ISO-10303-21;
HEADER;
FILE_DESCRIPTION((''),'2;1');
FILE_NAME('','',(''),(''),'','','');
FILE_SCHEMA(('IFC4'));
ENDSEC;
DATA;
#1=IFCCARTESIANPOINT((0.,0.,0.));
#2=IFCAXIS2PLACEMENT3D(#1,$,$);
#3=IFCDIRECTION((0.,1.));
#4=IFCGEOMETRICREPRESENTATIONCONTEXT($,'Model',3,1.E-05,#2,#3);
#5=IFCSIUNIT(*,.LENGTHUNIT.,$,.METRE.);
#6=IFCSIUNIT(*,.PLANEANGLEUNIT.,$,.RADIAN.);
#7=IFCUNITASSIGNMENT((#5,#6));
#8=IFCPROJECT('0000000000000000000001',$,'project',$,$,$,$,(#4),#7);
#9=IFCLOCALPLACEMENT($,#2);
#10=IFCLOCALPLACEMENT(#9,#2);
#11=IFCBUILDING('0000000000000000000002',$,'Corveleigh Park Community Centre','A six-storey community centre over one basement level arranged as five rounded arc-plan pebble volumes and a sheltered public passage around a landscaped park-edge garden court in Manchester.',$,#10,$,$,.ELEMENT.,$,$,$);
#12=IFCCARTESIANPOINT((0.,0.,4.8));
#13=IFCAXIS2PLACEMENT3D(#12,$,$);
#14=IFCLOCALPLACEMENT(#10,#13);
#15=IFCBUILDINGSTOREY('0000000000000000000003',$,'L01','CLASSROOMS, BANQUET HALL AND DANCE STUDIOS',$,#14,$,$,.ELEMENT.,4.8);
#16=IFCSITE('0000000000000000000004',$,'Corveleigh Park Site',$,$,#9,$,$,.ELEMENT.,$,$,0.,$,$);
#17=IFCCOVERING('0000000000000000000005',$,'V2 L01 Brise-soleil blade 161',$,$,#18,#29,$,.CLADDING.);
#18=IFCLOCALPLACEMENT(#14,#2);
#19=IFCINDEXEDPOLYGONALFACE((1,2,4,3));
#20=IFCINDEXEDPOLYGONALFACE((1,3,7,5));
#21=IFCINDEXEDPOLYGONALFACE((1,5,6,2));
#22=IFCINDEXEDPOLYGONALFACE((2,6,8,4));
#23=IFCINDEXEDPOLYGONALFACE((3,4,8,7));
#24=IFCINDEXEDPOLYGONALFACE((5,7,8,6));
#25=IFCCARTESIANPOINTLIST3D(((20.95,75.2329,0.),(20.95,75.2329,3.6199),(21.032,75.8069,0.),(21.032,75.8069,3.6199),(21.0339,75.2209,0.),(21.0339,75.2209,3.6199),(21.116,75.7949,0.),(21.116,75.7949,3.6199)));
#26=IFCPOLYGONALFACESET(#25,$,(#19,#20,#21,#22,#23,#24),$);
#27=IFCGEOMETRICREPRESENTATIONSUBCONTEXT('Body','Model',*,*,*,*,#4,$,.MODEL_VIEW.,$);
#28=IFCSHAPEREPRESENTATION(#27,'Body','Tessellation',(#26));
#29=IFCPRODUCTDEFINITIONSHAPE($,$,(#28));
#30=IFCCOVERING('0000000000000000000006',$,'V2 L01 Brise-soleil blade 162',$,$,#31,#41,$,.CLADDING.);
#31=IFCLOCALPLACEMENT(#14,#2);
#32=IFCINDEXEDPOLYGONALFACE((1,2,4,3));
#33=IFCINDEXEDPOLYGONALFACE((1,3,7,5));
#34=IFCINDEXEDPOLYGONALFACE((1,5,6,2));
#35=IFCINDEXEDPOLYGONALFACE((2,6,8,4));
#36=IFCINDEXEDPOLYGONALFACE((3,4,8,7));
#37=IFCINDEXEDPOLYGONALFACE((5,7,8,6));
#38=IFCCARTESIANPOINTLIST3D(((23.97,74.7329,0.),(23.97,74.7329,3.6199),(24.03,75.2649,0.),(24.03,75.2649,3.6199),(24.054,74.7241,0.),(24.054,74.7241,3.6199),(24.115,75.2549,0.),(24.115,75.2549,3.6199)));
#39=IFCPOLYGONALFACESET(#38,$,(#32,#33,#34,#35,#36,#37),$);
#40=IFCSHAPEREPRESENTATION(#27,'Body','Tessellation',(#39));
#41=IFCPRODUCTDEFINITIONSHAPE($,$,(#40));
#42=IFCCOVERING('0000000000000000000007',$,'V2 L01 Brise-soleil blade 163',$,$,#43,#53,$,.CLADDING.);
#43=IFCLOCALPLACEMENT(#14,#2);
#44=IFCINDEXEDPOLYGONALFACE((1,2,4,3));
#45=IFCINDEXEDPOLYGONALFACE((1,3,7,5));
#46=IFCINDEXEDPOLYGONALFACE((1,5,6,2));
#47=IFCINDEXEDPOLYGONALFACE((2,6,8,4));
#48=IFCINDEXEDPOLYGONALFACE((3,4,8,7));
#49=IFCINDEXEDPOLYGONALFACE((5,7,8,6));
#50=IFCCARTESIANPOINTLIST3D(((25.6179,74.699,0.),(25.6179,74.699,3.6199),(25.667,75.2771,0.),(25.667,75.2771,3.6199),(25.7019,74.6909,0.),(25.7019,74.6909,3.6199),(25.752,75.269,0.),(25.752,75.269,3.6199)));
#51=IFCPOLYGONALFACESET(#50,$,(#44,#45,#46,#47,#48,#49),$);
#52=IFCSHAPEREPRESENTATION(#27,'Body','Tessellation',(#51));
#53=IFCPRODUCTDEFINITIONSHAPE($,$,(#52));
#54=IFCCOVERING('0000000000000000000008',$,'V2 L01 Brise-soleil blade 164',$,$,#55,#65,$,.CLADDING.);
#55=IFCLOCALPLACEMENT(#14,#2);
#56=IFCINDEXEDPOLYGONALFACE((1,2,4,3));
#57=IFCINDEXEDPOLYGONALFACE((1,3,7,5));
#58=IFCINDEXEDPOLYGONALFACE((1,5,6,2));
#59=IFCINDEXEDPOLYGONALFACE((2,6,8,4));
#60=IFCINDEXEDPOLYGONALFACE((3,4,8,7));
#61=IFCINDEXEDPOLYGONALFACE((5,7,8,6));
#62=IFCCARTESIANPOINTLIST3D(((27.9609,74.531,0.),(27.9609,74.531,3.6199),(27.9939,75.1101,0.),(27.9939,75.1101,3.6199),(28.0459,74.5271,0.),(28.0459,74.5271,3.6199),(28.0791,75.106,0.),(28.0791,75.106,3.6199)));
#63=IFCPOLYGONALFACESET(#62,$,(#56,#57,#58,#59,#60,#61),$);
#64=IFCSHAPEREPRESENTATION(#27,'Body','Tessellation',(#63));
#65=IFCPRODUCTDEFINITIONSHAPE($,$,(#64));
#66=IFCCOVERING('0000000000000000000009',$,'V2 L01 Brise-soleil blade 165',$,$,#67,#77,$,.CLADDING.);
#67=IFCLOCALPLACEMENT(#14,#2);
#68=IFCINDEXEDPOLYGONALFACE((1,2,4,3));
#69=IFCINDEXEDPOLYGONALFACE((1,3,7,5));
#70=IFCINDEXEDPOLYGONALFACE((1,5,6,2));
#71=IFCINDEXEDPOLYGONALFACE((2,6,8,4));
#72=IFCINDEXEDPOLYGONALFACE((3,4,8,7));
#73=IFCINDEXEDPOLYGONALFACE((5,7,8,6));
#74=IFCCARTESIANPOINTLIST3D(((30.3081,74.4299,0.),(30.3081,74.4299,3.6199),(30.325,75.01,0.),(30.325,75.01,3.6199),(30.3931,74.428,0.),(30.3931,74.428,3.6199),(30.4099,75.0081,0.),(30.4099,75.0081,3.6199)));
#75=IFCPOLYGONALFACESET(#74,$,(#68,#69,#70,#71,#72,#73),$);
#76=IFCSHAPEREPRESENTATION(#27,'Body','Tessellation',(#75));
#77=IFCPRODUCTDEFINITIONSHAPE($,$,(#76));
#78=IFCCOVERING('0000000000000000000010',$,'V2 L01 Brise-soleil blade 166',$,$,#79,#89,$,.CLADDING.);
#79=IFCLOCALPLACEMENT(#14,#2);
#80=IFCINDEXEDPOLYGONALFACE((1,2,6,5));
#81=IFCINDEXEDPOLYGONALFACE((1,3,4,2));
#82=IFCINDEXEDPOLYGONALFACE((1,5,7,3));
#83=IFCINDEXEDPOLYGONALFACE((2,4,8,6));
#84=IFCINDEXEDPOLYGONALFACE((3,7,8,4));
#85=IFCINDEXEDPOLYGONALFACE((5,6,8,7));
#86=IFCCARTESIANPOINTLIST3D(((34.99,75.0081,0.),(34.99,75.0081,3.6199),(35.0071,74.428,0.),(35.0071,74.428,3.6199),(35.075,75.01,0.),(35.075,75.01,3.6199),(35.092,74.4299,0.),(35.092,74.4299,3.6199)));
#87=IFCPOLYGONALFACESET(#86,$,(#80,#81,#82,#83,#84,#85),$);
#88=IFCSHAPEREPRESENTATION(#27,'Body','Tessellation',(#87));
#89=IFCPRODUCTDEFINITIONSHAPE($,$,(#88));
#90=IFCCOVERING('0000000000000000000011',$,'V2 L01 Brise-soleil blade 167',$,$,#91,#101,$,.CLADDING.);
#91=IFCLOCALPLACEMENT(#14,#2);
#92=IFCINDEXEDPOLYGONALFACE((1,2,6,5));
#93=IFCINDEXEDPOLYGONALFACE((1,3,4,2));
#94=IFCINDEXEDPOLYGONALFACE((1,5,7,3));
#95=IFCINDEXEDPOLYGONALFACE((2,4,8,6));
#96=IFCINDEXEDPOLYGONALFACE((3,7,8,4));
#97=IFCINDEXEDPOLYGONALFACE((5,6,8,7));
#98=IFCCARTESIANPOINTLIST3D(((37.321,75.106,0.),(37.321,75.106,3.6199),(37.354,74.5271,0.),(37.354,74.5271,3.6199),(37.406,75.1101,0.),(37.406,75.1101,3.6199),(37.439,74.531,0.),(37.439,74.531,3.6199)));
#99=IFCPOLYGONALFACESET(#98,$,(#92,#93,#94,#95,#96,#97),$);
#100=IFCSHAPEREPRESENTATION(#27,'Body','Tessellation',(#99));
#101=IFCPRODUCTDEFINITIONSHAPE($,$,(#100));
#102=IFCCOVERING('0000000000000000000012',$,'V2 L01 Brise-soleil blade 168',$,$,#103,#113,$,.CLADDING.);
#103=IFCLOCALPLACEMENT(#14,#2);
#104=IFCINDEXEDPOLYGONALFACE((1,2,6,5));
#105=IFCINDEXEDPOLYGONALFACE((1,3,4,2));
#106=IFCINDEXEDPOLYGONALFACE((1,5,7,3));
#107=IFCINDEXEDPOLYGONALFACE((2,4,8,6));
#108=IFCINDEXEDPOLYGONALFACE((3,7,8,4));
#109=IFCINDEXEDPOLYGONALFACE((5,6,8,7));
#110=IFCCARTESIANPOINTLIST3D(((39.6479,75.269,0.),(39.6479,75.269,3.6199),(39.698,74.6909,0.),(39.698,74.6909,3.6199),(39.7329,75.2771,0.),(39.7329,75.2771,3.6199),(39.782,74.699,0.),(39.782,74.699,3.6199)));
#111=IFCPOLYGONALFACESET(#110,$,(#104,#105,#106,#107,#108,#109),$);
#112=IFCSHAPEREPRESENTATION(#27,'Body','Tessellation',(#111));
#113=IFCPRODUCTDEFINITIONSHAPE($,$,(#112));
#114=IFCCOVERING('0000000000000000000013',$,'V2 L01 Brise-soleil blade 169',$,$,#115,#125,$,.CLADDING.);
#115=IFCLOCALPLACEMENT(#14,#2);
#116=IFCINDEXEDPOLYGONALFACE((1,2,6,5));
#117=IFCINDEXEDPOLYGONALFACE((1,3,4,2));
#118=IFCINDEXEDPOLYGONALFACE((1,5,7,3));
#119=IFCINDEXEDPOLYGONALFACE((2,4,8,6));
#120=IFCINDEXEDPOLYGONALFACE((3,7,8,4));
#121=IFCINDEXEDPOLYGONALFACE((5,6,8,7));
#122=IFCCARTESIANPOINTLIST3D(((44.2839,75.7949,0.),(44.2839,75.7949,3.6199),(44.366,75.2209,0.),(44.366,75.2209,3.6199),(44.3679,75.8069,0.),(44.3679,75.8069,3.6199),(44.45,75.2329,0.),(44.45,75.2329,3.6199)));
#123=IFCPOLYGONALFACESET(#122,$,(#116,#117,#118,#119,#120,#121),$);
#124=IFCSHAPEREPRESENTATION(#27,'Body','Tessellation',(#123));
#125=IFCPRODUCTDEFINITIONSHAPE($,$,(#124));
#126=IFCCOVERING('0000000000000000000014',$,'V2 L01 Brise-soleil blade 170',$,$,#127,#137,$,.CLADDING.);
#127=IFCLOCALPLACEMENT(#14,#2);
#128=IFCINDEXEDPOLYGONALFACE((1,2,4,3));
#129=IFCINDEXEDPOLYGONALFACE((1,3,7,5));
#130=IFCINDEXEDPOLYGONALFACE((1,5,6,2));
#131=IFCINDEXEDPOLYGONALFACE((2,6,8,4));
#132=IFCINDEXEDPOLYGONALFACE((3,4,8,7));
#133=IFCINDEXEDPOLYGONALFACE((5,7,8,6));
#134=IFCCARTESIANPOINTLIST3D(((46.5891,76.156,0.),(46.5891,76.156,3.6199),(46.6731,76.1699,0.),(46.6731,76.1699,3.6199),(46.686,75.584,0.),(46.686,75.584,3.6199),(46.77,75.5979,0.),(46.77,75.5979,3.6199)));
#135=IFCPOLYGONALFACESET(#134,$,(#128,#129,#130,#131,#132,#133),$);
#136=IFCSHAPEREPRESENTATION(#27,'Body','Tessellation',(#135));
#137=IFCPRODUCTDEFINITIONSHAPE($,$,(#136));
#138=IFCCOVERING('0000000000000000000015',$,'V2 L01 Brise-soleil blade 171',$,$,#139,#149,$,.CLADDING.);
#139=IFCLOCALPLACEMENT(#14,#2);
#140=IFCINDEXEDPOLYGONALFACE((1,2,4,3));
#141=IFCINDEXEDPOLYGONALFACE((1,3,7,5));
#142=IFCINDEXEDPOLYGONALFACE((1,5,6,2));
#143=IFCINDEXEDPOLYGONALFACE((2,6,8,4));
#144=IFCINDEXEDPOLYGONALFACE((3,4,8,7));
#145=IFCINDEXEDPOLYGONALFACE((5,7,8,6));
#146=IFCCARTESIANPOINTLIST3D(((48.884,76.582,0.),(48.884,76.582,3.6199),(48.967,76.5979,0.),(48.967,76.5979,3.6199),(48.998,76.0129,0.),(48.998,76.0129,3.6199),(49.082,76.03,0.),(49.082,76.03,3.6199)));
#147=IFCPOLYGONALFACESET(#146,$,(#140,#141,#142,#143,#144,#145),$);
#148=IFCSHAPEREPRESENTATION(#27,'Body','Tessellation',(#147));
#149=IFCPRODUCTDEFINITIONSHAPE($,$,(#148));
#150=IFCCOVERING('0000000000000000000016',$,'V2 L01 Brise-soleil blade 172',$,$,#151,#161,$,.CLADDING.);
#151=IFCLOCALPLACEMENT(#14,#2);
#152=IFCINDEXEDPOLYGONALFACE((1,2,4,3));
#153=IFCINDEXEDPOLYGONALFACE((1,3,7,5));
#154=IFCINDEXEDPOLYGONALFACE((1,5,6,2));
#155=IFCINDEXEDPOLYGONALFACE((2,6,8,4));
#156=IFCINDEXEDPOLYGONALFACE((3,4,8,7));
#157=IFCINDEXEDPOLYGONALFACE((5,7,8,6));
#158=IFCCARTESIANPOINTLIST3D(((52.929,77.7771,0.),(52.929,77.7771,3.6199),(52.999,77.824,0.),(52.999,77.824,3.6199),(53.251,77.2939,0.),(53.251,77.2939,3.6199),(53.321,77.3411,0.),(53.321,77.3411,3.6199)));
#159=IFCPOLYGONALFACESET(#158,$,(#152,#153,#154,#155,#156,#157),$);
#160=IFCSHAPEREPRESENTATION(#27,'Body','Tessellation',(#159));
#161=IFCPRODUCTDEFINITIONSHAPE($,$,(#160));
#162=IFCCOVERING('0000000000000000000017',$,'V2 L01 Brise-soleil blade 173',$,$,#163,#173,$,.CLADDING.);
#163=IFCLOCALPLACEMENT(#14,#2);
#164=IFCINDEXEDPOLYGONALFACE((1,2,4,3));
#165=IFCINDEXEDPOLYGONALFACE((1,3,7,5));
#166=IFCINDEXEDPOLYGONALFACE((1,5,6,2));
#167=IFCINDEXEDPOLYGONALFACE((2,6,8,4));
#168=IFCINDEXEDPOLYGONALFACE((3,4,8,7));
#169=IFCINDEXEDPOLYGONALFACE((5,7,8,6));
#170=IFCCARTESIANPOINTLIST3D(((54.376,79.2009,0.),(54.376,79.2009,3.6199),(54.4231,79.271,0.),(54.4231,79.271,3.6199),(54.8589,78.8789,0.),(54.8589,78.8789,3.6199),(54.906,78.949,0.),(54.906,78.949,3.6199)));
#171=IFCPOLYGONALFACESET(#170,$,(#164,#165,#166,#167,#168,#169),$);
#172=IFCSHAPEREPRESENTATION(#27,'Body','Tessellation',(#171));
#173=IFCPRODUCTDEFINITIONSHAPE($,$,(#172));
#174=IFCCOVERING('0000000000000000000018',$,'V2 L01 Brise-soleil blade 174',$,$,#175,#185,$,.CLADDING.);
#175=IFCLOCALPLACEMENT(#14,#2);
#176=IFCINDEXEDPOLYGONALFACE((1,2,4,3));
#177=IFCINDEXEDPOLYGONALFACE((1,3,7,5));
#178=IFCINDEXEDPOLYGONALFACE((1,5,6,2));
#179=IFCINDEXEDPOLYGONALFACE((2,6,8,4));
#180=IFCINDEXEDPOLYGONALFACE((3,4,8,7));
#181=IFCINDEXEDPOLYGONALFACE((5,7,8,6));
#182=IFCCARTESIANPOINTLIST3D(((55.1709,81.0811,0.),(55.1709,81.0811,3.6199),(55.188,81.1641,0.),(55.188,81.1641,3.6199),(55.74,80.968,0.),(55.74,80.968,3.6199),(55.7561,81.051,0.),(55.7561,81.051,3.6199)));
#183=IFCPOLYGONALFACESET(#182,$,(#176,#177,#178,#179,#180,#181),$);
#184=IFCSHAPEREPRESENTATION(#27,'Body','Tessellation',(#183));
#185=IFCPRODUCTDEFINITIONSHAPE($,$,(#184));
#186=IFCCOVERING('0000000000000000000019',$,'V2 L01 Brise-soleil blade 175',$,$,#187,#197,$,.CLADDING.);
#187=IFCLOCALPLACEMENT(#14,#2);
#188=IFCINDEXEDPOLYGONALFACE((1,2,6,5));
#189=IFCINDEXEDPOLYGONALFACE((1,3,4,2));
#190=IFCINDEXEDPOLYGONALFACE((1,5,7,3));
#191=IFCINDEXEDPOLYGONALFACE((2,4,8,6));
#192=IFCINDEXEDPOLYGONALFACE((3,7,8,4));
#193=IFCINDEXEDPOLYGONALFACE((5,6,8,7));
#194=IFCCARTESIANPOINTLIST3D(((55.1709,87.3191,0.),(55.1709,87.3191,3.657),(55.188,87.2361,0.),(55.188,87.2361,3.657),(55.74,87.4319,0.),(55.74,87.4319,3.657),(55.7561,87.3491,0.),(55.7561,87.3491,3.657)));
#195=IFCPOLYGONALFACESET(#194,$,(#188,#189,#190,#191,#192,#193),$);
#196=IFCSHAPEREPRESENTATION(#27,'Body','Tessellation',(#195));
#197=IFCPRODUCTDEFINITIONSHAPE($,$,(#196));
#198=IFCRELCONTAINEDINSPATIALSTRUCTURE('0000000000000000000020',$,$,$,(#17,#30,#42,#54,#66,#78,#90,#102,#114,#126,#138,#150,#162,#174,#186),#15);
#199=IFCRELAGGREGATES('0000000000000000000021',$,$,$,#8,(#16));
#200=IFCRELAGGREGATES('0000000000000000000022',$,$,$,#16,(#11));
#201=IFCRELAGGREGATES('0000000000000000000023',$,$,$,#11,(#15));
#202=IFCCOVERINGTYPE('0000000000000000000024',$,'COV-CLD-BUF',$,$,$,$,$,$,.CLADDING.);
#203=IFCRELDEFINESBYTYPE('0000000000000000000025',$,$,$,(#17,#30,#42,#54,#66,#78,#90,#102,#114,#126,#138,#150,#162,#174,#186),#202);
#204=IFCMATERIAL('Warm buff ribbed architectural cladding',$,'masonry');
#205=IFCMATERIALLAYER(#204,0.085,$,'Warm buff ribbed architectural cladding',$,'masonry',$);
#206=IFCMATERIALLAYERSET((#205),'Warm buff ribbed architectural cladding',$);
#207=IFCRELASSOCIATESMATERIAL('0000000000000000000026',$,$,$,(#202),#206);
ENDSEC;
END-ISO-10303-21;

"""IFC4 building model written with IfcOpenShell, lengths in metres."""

from ifc_helpers import new_model, si_unit, direction, frame, origin, place, context, subcontext, project, spatial, polyline, outline, extrude, material, layer, layer_set, type_object, element, save


model = new_model("IFC4")

# Units and contexts
model_context = context("Model", 3, precision=1e-05, world=origin(), true_north=direction((0.0, 1.0)))
body_context = subcontext(model_context, "Body", "Model", "MODEL_VIEW")
ifc_project = project(units=[si_unit("LENGTHUNIT", "METRE"), si_unit("PLANEANGLEUNIT", "RADIAN")], contexts=[model_context])

# Site, building, storey
site_placement = place(None, origin())
site = spatial("IfcSite", under=ifc_project, at=site_placement, Name="Corveleigh Park Site", CompositionType="ELEMENT", RefElevation=0.0)
building_placement = place(site_placement, origin())
building = spatial("IfcBuilding", under=site, at=building_placement, Name="Corveleigh Park Community Centre", Description="A six-storey community centre over one basement level arranged as five rounded arc-plan pebble volumes and a sheltered public passage around a landscaped park-edge garden court in Manchester.", CompositionType="ELEMENT")
storey_placement = place(building_placement, frame((0.0, 0.0, 4.8)))
storey = spatial("IfcBuildingStorey", under=building, at=storey_placement, Name="L01", Description="CLASSROOMS, BANQUET HALL AND DANCE STUDIOS", CompositionType="ELEMENT", Elevation=4.8)

# Coverings
ifc_material = material(Name="Warm buff ribbed architectural cladding", Category="masonry")
ifc_layer = layer(ifc_material, 0.085, Name="Warm buff ribbed architectural cladding", Category="masonry")
ifc_layer_set = layer_set([ifc_layer], Name="Warm buff ribbed architectural cladding")
covering_type = type_object("IfcCoveringType", Name="COV-CLD-BUF", PredefinedType="CLADDING", material=ifc_layer_set)
covering_1_placement = place(storey_placement, origin())
element("IfcCovering", 1, at=covering_1_placement, inside=storey, type_object=covering_type, Name="V2 L01 Brise-soleil blade 161", PredefinedType="CLADDING", context=body_context, shape_type="SweptSolid", body=[
    extrude(outline(polyline([(21.116, 75.7949), (21.032, 75.8069), (20.95, 75.2329), (21.0339, 75.2209), (21.116, 75.7949)])), origin(), (0.0, 0.0, 1.0), 3.6199),
])
covering_2_placement = place(storey_placement, origin())
element("IfcCovering", 2, at=covering_2_placement, inside=storey, type_object=covering_type, Name="V2 L01 Brise-soleil blade 162", PredefinedType="CLADDING", context=body_context, shape_type="SweptSolid", body=[
    extrude(outline(polyline([(24.115, 75.2549), (24.03, 75.2649), (23.97, 74.7329), (24.054, 74.7241), (24.115, 75.2549)])), origin(), (0.0, 0.0, 1.0), 3.6199),
])
covering_3_placement = place(storey_placement, origin())
element("IfcCovering", 3, at=covering_3_placement, inside=storey, type_object=covering_type, Name="V2 L01 Brise-soleil blade 163", PredefinedType="CLADDING", context=body_context, shape_type="SweptSolid", body=[
    extrude(outline(polyline([(25.752, 75.269), (25.667, 75.2771), (25.6179, 74.699), (25.7019, 74.6909), (25.752, 75.269)])), origin(), (0.0, 0.0, 1.0), 3.6199),
])
covering_4_placement = place(storey_placement, origin())
element("IfcCovering", 4, at=covering_4_placement, inside=storey, type_object=covering_type, Name="V2 L01 Brise-soleil blade 164", PredefinedType="CLADDING", context=body_context, shape_type="SweptSolid", body=[
    extrude(outline(polyline([(28.0791, 75.106), (27.9939, 75.1101), (27.9609, 74.531), (28.0459, 74.5271), (28.0791, 75.106)])), origin(), (0.0, 0.0, 1.0), 3.6199),
])
covering_5_placement = place(storey_placement, origin())
element("IfcCovering", 5, at=covering_5_placement, inside=storey, type_object=covering_type, Name="V2 L01 Brise-soleil blade 165", PredefinedType="CLADDING", context=body_context, shape_type="SweptSolid", body=[
    extrude(outline(polyline([(30.4099, 75.0081), (30.325, 75.01), (30.3081, 74.4299), (30.3931, 74.428), (30.4099, 75.0081)])), origin(), (0.0, 0.0, 1.0), 3.6199),
])
covering_6_placement = place(storey_placement, origin())
element("IfcCovering", 6, at=covering_6_placement, inside=storey, type_object=covering_type, Name="V2 L01 Brise-soleil blade 166", PredefinedType="CLADDING", context=body_context, shape_type="SweptSolid", body=[
    extrude(outline(polyline([(35.075, 75.01), (34.99, 75.0081), (35.0071, 74.428), (35.092, 74.4299), (35.075, 75.01)])), origin(), (0.0, 0.0, 1.0), 3.6199),
])
covering_7_placement = place(storey_placement, origin())
element("IfcCovering", 7, at=covering_7_placement, inside=storey, type_object=covering_type, Name="V2 L01 Brise-soleil blade 167", PredefinedType="CLADDING", context=body_context, shape_type="SweptSolid", body=[
    extrude(outline(polyline([(37.406, 75.1101), (37.321, 75.106), (37.354, 74.5271), (37.439, 74.531), (37.406, 75.1101)])), origin(), (0.0, 0.0, 1.0), 3.6199),
])
covering_8_placement = place(storey_placement, origin())
element("IfcCovering", 8, at=covering_8_placement, inside=storey, type_object=covering_type, Name="V2 L01 Brise-soleil blade 168", PredefinedType="CLADDING", context=body_context, shape_type="SweptSolid", body=[
    extrude(outline(polyline([(39.7329, 75.2771), (39.6479, 75.269), (39.698, 74.6909), (39.782, 74.699), (39.7329, 75.2771)])), origin(), (0.0, 0.0, 1.0), 3.6199),
])
covering_9_placement = place(storey_placement, origin())
element("IfcCovering", 9, at=covering_9_placement, inside=storey, type_object=covering_type, Name="V2 L01 Brise-soleil blade 169", PredefinedType="CLADDING", context=body_context, shape_type="SweptSolid", body=[
    extrude(outline(polyline([(44.3679, 75.8069), (44.2839, 75.7949), (44.366, 75.2209), (44.45, 75.2329), (44.3679, 75.8069)])), origin(), (0.0, 0.0, 1.0), 3.6199),
])
covering_10_placement = place(storey_placement, origin())
element("IfcCovering", 10, at=covering_10_placement, inside=storey, type_object=covering_type, Name="V2 L01 Brise-soleil blade 170", PredefinedType="CLADDING", context=body_context, shape_type="SweptSolid", body=[
    extrude(outline(polyline([(46.6731, 76.1699), (46.5891, 76.156), (46.686, 75.584), (46.77, 75.5979), (46.6731, 76.1699)])), origin(), (0.0, 0.0, 1.0), 3.6199),
])
covering_11_placement = place(storey_placement, origin())
element("IfcCovering", 11, at=covering_11_placement, inside=storey, type_object=covering_type, Name="V2 L01 Brise-soleil blade 171", PredefinedType="CLADDING", context=body_context, shape_type="SweptSolid", body=[
    extrude(outline(polyline([(48.967, 76.5979), (48.884, 76.582), (48.998, 76.0129), (49.082, 76.03), (48.967, 76.5979)])), origin(), (0.0, 0.0, 1.0), 3.6199),
])
covering_12_placement = place(storey_placement, origin())
element("IfcCovering", 12, at=covering_12_placement, inside=storey, type_object=covering_type, Name="V2 L01 Brise-soleil blade 172", PredefinedType="CLADDING", context=body_context, shape_type="SweptSolid", body=[
    extrude(outline(polyline([(52.999, 77.824), (52.929, 77.7771), (53.251, 77.2939), (53.321, 77.3411), (52.999, 77.824)])), origin(), (0.0, 0.0, 1.0), 3.6199),
])
covering_13_placement = place(storey_placement, origin())
element("IfcCovering", 13, at=covering_13_placement, inside=storey, type_object=covering_type, Name="V2 L01 Brise-soleil blade 173", PredefinedType="CLADDING", context=body_context, shape_type="SweptSolid", body=[
    extrude(outline(polyline([(54.4231, 79.271), (54.376, 79.2009), (54.8589, 78.8789), (54.906, 78.949), (54.4231, 79.271)])), origin(), (0.0, 0.0, 1.0), 3.6199),
])
covering_14_placement = place(storey_placement, origin())
element("IfcCovering", 14, at=covering_14_placement, inside=storey, type_object=covering_type, Name="V2 L01 Brise-soleil blade 174", PredefinedType="CLADDING", context=body_context, shape_type="SweptSolid", body=[
    extrude(outline(polyline([(55.188, 81.1641), (55.1709, 81.0811), (55.74, 80.968), (55.7561, 81.051), (55.188, 81.1641)])), origin(), (0.0, 0.0, 1.0), 3.6199),
])
covering_15_placement = place(storey_placement, origin())
element("IfcCovering", 15, at=covering_15_placement, inside=storey, type_object=covering_type, Name="V2 L01 Brise-soleil blade 175", PredefinedType="CLADDING", context=body_context, shape_type="SweptSolid", body=[
    extrude(outline(polyline([(55.1709, 87.3191), (55.188, 87.2361), (55.7561, 87.3491), (55.74, 87.4319), (55.1709, 87.3191)])), origin(), (0.0, 0.0, 1.0), 3.657),
])

save(model, "model.ifc")
